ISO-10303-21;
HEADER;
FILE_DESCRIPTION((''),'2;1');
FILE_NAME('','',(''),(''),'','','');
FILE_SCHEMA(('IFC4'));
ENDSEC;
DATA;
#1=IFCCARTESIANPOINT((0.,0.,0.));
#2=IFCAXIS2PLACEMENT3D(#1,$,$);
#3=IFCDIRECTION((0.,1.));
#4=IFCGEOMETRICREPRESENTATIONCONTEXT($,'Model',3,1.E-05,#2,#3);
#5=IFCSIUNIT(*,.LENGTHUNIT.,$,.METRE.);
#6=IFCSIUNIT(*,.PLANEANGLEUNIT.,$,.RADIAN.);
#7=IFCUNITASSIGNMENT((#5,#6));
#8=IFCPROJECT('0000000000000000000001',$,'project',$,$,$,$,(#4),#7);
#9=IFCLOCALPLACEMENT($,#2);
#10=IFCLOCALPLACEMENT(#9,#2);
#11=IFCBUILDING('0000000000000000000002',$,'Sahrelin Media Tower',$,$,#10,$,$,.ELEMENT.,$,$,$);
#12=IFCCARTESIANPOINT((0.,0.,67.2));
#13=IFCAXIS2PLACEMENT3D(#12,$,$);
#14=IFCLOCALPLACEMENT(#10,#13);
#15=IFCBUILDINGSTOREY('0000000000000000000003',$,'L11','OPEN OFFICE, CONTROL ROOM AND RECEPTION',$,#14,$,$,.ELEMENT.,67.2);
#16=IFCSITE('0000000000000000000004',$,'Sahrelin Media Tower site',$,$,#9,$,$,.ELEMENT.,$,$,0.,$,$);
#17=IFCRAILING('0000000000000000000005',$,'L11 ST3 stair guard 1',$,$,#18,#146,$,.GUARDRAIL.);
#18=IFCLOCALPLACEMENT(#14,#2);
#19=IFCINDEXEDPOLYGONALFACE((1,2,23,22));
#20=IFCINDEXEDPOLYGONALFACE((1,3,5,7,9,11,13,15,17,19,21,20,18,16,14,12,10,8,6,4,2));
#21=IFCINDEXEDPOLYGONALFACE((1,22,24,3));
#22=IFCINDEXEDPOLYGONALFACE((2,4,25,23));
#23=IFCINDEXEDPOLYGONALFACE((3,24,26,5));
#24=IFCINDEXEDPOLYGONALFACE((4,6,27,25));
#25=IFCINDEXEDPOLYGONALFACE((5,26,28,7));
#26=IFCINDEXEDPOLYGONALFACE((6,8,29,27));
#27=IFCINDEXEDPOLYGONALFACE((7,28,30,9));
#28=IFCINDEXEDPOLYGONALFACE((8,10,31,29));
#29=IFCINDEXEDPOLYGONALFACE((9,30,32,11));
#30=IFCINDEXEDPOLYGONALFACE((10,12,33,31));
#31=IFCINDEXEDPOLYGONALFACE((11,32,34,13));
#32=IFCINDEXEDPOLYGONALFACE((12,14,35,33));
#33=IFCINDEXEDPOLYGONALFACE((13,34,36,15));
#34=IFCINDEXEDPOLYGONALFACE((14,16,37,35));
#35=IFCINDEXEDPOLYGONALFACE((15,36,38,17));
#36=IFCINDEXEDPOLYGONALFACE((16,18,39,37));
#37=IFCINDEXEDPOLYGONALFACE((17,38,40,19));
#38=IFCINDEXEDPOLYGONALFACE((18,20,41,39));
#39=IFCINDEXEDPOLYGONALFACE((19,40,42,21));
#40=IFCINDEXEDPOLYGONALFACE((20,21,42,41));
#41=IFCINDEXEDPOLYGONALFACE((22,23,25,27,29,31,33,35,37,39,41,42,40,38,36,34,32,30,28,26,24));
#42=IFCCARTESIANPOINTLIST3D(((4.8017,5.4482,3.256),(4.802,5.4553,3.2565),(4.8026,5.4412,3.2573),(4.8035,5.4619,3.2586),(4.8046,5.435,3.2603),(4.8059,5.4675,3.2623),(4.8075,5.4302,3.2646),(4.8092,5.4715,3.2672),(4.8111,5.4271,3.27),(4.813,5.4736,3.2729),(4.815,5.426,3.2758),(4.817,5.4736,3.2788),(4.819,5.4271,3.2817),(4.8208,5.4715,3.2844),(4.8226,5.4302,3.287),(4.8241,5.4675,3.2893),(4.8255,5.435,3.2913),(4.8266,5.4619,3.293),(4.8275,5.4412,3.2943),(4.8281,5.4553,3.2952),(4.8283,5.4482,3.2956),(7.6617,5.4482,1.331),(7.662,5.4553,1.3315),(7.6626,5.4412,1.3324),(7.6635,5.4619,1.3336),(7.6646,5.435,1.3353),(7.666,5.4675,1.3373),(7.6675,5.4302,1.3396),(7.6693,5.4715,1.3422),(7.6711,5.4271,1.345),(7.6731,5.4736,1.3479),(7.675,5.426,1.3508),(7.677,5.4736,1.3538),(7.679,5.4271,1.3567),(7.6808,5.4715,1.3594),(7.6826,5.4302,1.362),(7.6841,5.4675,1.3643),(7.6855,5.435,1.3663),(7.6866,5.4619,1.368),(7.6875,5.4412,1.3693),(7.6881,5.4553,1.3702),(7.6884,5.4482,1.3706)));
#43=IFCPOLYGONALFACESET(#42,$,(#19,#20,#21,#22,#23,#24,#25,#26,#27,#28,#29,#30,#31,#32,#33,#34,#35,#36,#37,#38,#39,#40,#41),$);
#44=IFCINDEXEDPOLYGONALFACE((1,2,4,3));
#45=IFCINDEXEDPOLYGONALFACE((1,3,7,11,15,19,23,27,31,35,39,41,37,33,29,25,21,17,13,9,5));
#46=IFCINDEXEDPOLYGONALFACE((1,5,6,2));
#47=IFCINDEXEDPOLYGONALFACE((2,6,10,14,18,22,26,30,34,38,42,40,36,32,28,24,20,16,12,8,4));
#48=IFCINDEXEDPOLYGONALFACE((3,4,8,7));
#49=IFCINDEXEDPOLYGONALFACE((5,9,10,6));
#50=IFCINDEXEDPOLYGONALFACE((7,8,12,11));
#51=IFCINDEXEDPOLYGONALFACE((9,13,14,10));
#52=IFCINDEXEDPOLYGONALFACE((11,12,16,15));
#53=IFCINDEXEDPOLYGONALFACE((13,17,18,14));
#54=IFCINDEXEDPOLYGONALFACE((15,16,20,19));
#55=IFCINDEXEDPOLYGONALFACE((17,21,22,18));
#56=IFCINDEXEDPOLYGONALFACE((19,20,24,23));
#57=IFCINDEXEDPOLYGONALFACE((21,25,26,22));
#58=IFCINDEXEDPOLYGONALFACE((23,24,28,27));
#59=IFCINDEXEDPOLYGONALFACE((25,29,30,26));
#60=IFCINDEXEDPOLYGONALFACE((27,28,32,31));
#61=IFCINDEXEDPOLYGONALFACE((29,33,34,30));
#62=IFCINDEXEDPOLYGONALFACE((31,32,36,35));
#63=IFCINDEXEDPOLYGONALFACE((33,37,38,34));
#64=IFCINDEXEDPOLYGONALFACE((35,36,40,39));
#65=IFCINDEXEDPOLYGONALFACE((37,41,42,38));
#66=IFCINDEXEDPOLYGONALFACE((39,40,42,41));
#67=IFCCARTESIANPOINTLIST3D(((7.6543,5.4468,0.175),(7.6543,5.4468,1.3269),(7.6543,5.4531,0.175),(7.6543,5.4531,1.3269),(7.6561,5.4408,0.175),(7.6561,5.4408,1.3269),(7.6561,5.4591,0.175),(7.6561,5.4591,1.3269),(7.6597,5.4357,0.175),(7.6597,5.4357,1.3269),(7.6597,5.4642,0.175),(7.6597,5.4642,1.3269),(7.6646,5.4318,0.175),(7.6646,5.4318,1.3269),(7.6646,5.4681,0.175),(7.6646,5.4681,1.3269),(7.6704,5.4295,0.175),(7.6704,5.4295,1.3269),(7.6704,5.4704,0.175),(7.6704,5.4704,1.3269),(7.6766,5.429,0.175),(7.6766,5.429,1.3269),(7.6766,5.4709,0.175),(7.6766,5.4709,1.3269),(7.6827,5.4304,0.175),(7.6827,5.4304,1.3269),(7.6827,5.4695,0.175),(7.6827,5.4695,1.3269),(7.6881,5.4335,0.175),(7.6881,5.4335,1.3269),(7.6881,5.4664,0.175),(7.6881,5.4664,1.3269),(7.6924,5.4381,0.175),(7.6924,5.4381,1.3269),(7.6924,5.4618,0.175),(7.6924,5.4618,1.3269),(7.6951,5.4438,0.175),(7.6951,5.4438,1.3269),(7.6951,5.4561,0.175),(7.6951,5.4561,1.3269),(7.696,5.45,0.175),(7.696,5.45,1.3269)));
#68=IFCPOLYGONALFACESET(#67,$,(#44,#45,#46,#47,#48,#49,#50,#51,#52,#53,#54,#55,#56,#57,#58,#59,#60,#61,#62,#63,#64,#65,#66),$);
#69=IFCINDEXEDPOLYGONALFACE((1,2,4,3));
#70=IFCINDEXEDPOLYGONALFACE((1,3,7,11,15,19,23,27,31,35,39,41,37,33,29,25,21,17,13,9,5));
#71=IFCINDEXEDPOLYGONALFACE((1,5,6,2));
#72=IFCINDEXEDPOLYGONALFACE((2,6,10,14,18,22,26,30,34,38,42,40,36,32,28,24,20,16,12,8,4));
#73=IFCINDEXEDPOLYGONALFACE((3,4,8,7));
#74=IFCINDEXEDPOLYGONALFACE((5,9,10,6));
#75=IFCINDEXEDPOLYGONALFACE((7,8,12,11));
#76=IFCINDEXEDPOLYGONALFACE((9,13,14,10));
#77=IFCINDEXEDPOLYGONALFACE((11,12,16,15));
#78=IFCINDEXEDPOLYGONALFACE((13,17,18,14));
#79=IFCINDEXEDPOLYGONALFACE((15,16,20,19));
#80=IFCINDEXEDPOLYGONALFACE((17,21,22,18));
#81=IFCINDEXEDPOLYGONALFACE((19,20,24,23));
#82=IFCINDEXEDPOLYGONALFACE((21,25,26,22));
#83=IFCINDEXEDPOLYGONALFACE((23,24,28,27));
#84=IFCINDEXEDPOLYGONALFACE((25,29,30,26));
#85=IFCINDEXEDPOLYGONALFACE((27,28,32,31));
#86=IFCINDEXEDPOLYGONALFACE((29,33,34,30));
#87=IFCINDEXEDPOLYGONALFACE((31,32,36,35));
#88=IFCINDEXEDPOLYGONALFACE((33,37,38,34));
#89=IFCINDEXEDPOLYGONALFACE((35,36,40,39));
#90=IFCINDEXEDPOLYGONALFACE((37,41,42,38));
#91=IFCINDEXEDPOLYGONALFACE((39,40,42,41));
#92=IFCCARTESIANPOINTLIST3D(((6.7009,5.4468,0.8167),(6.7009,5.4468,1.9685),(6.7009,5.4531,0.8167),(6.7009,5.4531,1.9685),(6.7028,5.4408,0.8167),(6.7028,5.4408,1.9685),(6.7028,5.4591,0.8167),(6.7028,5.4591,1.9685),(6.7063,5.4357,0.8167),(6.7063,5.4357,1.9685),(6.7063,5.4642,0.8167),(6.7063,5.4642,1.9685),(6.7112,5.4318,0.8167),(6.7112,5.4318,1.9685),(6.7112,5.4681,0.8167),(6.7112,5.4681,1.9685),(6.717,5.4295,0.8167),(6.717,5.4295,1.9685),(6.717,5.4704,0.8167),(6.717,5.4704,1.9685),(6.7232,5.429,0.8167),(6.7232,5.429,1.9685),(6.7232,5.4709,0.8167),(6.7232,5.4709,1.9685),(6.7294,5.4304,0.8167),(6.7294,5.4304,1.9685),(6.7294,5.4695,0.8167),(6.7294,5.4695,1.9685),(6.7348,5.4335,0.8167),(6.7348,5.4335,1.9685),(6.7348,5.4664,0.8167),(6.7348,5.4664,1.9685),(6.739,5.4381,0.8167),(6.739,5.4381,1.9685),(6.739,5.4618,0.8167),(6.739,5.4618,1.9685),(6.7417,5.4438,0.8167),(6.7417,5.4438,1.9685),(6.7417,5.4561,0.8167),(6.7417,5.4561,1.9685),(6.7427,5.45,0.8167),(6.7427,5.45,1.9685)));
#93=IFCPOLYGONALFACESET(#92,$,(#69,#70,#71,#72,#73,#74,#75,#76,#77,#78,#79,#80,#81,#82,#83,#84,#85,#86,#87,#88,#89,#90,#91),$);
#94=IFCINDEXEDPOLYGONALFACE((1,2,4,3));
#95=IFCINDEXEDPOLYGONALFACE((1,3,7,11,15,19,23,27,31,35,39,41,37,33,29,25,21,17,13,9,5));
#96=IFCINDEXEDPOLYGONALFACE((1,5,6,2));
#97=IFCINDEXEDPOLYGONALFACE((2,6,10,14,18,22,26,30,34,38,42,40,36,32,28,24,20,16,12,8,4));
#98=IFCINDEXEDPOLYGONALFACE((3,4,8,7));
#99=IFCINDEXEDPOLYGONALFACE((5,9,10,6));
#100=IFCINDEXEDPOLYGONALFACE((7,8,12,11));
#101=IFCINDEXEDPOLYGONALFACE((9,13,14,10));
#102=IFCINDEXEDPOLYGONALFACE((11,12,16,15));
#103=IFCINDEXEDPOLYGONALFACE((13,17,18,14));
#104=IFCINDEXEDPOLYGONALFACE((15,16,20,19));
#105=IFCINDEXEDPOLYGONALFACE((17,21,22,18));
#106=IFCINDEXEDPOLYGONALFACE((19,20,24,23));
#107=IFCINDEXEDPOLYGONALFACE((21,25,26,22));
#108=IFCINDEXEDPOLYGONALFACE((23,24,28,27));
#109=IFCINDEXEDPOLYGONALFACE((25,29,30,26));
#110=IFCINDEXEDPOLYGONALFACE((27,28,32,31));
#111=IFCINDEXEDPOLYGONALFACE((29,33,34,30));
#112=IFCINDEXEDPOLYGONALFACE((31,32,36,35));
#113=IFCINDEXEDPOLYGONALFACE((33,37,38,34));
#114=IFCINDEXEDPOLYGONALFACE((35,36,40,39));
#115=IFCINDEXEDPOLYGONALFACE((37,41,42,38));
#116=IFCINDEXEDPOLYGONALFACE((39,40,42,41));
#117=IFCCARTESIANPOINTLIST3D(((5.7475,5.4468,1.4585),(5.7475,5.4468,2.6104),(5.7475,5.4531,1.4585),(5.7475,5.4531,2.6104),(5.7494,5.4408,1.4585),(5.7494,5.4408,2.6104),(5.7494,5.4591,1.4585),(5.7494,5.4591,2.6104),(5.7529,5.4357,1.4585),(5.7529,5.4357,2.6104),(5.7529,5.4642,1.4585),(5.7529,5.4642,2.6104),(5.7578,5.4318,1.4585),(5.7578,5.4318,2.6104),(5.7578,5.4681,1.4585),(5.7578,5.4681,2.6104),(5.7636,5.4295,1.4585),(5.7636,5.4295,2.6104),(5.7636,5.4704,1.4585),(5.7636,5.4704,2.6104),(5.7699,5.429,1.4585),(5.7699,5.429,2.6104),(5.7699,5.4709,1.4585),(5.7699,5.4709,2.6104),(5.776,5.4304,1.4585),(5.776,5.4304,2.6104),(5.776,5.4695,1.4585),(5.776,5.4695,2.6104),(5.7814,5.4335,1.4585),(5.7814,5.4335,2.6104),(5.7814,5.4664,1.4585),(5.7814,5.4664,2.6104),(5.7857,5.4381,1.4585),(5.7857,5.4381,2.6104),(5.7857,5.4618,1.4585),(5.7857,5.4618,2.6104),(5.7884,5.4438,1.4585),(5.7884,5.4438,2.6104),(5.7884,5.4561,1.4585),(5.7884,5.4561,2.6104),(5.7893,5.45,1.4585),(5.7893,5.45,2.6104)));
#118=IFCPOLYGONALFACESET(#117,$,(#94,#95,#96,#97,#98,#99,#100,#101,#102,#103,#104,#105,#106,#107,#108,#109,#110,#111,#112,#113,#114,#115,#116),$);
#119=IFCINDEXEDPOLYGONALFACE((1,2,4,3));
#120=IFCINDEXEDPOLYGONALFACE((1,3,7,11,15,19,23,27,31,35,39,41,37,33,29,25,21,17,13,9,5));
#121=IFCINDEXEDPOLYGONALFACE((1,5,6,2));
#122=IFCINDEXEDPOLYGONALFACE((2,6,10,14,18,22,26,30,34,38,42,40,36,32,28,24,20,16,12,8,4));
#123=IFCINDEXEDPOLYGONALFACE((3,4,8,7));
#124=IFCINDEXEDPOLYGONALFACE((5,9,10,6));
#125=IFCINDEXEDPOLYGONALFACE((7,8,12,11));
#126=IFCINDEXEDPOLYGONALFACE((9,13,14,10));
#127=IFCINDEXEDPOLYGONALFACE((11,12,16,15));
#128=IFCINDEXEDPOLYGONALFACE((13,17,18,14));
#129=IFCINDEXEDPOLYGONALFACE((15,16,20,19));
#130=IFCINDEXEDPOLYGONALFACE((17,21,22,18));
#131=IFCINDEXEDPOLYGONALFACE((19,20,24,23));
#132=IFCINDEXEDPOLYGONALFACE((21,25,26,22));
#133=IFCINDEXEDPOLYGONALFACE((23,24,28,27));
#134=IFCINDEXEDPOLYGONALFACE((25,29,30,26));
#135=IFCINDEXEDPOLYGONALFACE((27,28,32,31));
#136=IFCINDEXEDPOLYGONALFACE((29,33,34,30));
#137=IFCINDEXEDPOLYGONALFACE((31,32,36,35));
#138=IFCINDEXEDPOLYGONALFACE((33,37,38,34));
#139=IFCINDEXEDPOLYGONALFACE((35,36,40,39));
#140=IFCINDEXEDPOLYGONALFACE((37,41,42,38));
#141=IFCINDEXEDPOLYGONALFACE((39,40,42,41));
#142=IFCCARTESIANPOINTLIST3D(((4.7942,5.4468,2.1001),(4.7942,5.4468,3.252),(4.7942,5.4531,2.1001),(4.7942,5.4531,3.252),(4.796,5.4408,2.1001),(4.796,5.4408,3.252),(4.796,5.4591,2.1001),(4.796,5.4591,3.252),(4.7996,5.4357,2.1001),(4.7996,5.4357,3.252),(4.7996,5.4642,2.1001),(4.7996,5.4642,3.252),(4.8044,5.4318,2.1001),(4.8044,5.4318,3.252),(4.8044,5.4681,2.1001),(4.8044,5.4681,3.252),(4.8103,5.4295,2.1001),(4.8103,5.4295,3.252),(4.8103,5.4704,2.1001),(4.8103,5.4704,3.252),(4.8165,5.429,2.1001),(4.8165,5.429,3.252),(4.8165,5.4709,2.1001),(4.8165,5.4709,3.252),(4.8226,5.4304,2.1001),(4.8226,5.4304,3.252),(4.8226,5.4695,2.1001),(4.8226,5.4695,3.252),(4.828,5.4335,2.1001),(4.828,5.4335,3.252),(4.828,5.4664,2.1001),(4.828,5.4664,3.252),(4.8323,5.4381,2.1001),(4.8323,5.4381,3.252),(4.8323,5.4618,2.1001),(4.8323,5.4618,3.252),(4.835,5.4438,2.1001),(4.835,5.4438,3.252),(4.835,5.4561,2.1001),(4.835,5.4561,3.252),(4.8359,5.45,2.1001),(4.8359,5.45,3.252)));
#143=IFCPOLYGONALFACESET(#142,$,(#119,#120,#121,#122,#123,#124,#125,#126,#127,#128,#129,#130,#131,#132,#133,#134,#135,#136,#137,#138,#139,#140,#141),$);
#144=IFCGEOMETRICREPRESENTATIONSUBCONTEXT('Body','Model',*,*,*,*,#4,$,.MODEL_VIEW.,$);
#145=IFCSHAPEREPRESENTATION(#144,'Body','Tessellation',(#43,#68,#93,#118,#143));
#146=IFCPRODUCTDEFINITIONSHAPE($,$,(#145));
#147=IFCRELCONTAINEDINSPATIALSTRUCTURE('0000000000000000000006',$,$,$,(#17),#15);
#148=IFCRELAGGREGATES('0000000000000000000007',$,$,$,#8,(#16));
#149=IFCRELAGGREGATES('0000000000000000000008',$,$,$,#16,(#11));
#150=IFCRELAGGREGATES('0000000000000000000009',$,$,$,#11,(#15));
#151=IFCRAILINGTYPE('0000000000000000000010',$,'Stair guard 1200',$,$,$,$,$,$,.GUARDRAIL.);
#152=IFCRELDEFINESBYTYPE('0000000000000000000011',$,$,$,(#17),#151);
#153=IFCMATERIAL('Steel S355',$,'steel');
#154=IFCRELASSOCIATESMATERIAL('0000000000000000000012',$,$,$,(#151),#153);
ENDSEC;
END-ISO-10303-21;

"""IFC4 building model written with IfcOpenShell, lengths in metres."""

from ifc_helpers import new_model, si_unit, direction, frame, origin, origin_2d, place, context, subcontext, project, spatial, circle, extrude, material, type_object, element, save


model = new_model("IFC4")

# Units and contexts
model_context = context("Model", 3, precision=1e-05, world=origin(), true_north=direction((0.0, 1.0)))
body_context = subcontext(model_context, "Body", "Model", "MODEL_VIEW")
ifc_project = project(units=[si_unit("LENGTHUNIT", "METRE"), si_unit("PLANEANGLEUNIT", "RADIAN")], contexts=[model_context])

# Site, building, storey
site_placement = place(None, origin())
site = spatial("IfcSite", under=ifc_project, at=site_placement, Name="Sahrelin Media Tower site", CompositionType="ELEMENT", RefElevation=0.0)
building_placement = place(site_placement, origin())
building = spatial("IfcBuilding", under=site, at=building_placement, Name="Sahrelin Media Tower", CompositionType="ELEMENT")
storey_placement = place(building_placement, frame((0.0, 0.0, 67.2)))
storey = spatial("IfcBuildingStorey", under=building, at=storey_placement, Name="L11", Description="OPEN OFFICE, CONTROL ROOM AND RECEPTION", CompositionType="ELEMENT", Elevation=67.2)

# Shared definitions
ifc_material_1 = material(Name="Steel S355", Category="steel")

# Railing
railing_type_1 = type_object("IfcRailingType", Name="Stair guard 1200", PredefinedType="GUARDRAIL", material=ifc_material_1)
railing_1_placement = place(storey_placement, frame((7.675, 5.45, 0.175)))
element("IfcRailing", 1, at=railing_1_placement, inside=storey, type_object=railing_type_1, Name="L11 ST3 stair guard 1", PredefinedType="GUARDRAIL", context=body_context, shape_type="SweptSolid", body=[
    extrude(circle(Radius=0.0239, at=origin_2d()), frame((0.0, 0.0, 1.1758), z_axis=(-0.829591, 0.0, 0.558372), x_axis=(0.0, -1.0, 0.0)), (0.0, 0.0, 1.0), 3.4475),
    extrude(circle(Radius=0.021, at=origin_2d()), origin(), (0.0, 0.0, 1.0), 1.1519),
    extrude(circle(Radius=0.021, at=origin_2d()), frame((-0.9534, 0.0, 0.6416)), (0.0, 0.0, 1.0), 1.1519),
    extrude(circle(Radius=0.021, at=origin_2d()), frame((-1.9067, 0.0, 1.2834)), (0.0, 0.0, 1.0), 1.1519),
    extrude(circle(Radius=0.021, at=origin_2d()), frame((-2.8601, 0.0, 1.925)), (0.0, 0.0, 1.0), 1.1519),
])

save(model, "model.ifc")
